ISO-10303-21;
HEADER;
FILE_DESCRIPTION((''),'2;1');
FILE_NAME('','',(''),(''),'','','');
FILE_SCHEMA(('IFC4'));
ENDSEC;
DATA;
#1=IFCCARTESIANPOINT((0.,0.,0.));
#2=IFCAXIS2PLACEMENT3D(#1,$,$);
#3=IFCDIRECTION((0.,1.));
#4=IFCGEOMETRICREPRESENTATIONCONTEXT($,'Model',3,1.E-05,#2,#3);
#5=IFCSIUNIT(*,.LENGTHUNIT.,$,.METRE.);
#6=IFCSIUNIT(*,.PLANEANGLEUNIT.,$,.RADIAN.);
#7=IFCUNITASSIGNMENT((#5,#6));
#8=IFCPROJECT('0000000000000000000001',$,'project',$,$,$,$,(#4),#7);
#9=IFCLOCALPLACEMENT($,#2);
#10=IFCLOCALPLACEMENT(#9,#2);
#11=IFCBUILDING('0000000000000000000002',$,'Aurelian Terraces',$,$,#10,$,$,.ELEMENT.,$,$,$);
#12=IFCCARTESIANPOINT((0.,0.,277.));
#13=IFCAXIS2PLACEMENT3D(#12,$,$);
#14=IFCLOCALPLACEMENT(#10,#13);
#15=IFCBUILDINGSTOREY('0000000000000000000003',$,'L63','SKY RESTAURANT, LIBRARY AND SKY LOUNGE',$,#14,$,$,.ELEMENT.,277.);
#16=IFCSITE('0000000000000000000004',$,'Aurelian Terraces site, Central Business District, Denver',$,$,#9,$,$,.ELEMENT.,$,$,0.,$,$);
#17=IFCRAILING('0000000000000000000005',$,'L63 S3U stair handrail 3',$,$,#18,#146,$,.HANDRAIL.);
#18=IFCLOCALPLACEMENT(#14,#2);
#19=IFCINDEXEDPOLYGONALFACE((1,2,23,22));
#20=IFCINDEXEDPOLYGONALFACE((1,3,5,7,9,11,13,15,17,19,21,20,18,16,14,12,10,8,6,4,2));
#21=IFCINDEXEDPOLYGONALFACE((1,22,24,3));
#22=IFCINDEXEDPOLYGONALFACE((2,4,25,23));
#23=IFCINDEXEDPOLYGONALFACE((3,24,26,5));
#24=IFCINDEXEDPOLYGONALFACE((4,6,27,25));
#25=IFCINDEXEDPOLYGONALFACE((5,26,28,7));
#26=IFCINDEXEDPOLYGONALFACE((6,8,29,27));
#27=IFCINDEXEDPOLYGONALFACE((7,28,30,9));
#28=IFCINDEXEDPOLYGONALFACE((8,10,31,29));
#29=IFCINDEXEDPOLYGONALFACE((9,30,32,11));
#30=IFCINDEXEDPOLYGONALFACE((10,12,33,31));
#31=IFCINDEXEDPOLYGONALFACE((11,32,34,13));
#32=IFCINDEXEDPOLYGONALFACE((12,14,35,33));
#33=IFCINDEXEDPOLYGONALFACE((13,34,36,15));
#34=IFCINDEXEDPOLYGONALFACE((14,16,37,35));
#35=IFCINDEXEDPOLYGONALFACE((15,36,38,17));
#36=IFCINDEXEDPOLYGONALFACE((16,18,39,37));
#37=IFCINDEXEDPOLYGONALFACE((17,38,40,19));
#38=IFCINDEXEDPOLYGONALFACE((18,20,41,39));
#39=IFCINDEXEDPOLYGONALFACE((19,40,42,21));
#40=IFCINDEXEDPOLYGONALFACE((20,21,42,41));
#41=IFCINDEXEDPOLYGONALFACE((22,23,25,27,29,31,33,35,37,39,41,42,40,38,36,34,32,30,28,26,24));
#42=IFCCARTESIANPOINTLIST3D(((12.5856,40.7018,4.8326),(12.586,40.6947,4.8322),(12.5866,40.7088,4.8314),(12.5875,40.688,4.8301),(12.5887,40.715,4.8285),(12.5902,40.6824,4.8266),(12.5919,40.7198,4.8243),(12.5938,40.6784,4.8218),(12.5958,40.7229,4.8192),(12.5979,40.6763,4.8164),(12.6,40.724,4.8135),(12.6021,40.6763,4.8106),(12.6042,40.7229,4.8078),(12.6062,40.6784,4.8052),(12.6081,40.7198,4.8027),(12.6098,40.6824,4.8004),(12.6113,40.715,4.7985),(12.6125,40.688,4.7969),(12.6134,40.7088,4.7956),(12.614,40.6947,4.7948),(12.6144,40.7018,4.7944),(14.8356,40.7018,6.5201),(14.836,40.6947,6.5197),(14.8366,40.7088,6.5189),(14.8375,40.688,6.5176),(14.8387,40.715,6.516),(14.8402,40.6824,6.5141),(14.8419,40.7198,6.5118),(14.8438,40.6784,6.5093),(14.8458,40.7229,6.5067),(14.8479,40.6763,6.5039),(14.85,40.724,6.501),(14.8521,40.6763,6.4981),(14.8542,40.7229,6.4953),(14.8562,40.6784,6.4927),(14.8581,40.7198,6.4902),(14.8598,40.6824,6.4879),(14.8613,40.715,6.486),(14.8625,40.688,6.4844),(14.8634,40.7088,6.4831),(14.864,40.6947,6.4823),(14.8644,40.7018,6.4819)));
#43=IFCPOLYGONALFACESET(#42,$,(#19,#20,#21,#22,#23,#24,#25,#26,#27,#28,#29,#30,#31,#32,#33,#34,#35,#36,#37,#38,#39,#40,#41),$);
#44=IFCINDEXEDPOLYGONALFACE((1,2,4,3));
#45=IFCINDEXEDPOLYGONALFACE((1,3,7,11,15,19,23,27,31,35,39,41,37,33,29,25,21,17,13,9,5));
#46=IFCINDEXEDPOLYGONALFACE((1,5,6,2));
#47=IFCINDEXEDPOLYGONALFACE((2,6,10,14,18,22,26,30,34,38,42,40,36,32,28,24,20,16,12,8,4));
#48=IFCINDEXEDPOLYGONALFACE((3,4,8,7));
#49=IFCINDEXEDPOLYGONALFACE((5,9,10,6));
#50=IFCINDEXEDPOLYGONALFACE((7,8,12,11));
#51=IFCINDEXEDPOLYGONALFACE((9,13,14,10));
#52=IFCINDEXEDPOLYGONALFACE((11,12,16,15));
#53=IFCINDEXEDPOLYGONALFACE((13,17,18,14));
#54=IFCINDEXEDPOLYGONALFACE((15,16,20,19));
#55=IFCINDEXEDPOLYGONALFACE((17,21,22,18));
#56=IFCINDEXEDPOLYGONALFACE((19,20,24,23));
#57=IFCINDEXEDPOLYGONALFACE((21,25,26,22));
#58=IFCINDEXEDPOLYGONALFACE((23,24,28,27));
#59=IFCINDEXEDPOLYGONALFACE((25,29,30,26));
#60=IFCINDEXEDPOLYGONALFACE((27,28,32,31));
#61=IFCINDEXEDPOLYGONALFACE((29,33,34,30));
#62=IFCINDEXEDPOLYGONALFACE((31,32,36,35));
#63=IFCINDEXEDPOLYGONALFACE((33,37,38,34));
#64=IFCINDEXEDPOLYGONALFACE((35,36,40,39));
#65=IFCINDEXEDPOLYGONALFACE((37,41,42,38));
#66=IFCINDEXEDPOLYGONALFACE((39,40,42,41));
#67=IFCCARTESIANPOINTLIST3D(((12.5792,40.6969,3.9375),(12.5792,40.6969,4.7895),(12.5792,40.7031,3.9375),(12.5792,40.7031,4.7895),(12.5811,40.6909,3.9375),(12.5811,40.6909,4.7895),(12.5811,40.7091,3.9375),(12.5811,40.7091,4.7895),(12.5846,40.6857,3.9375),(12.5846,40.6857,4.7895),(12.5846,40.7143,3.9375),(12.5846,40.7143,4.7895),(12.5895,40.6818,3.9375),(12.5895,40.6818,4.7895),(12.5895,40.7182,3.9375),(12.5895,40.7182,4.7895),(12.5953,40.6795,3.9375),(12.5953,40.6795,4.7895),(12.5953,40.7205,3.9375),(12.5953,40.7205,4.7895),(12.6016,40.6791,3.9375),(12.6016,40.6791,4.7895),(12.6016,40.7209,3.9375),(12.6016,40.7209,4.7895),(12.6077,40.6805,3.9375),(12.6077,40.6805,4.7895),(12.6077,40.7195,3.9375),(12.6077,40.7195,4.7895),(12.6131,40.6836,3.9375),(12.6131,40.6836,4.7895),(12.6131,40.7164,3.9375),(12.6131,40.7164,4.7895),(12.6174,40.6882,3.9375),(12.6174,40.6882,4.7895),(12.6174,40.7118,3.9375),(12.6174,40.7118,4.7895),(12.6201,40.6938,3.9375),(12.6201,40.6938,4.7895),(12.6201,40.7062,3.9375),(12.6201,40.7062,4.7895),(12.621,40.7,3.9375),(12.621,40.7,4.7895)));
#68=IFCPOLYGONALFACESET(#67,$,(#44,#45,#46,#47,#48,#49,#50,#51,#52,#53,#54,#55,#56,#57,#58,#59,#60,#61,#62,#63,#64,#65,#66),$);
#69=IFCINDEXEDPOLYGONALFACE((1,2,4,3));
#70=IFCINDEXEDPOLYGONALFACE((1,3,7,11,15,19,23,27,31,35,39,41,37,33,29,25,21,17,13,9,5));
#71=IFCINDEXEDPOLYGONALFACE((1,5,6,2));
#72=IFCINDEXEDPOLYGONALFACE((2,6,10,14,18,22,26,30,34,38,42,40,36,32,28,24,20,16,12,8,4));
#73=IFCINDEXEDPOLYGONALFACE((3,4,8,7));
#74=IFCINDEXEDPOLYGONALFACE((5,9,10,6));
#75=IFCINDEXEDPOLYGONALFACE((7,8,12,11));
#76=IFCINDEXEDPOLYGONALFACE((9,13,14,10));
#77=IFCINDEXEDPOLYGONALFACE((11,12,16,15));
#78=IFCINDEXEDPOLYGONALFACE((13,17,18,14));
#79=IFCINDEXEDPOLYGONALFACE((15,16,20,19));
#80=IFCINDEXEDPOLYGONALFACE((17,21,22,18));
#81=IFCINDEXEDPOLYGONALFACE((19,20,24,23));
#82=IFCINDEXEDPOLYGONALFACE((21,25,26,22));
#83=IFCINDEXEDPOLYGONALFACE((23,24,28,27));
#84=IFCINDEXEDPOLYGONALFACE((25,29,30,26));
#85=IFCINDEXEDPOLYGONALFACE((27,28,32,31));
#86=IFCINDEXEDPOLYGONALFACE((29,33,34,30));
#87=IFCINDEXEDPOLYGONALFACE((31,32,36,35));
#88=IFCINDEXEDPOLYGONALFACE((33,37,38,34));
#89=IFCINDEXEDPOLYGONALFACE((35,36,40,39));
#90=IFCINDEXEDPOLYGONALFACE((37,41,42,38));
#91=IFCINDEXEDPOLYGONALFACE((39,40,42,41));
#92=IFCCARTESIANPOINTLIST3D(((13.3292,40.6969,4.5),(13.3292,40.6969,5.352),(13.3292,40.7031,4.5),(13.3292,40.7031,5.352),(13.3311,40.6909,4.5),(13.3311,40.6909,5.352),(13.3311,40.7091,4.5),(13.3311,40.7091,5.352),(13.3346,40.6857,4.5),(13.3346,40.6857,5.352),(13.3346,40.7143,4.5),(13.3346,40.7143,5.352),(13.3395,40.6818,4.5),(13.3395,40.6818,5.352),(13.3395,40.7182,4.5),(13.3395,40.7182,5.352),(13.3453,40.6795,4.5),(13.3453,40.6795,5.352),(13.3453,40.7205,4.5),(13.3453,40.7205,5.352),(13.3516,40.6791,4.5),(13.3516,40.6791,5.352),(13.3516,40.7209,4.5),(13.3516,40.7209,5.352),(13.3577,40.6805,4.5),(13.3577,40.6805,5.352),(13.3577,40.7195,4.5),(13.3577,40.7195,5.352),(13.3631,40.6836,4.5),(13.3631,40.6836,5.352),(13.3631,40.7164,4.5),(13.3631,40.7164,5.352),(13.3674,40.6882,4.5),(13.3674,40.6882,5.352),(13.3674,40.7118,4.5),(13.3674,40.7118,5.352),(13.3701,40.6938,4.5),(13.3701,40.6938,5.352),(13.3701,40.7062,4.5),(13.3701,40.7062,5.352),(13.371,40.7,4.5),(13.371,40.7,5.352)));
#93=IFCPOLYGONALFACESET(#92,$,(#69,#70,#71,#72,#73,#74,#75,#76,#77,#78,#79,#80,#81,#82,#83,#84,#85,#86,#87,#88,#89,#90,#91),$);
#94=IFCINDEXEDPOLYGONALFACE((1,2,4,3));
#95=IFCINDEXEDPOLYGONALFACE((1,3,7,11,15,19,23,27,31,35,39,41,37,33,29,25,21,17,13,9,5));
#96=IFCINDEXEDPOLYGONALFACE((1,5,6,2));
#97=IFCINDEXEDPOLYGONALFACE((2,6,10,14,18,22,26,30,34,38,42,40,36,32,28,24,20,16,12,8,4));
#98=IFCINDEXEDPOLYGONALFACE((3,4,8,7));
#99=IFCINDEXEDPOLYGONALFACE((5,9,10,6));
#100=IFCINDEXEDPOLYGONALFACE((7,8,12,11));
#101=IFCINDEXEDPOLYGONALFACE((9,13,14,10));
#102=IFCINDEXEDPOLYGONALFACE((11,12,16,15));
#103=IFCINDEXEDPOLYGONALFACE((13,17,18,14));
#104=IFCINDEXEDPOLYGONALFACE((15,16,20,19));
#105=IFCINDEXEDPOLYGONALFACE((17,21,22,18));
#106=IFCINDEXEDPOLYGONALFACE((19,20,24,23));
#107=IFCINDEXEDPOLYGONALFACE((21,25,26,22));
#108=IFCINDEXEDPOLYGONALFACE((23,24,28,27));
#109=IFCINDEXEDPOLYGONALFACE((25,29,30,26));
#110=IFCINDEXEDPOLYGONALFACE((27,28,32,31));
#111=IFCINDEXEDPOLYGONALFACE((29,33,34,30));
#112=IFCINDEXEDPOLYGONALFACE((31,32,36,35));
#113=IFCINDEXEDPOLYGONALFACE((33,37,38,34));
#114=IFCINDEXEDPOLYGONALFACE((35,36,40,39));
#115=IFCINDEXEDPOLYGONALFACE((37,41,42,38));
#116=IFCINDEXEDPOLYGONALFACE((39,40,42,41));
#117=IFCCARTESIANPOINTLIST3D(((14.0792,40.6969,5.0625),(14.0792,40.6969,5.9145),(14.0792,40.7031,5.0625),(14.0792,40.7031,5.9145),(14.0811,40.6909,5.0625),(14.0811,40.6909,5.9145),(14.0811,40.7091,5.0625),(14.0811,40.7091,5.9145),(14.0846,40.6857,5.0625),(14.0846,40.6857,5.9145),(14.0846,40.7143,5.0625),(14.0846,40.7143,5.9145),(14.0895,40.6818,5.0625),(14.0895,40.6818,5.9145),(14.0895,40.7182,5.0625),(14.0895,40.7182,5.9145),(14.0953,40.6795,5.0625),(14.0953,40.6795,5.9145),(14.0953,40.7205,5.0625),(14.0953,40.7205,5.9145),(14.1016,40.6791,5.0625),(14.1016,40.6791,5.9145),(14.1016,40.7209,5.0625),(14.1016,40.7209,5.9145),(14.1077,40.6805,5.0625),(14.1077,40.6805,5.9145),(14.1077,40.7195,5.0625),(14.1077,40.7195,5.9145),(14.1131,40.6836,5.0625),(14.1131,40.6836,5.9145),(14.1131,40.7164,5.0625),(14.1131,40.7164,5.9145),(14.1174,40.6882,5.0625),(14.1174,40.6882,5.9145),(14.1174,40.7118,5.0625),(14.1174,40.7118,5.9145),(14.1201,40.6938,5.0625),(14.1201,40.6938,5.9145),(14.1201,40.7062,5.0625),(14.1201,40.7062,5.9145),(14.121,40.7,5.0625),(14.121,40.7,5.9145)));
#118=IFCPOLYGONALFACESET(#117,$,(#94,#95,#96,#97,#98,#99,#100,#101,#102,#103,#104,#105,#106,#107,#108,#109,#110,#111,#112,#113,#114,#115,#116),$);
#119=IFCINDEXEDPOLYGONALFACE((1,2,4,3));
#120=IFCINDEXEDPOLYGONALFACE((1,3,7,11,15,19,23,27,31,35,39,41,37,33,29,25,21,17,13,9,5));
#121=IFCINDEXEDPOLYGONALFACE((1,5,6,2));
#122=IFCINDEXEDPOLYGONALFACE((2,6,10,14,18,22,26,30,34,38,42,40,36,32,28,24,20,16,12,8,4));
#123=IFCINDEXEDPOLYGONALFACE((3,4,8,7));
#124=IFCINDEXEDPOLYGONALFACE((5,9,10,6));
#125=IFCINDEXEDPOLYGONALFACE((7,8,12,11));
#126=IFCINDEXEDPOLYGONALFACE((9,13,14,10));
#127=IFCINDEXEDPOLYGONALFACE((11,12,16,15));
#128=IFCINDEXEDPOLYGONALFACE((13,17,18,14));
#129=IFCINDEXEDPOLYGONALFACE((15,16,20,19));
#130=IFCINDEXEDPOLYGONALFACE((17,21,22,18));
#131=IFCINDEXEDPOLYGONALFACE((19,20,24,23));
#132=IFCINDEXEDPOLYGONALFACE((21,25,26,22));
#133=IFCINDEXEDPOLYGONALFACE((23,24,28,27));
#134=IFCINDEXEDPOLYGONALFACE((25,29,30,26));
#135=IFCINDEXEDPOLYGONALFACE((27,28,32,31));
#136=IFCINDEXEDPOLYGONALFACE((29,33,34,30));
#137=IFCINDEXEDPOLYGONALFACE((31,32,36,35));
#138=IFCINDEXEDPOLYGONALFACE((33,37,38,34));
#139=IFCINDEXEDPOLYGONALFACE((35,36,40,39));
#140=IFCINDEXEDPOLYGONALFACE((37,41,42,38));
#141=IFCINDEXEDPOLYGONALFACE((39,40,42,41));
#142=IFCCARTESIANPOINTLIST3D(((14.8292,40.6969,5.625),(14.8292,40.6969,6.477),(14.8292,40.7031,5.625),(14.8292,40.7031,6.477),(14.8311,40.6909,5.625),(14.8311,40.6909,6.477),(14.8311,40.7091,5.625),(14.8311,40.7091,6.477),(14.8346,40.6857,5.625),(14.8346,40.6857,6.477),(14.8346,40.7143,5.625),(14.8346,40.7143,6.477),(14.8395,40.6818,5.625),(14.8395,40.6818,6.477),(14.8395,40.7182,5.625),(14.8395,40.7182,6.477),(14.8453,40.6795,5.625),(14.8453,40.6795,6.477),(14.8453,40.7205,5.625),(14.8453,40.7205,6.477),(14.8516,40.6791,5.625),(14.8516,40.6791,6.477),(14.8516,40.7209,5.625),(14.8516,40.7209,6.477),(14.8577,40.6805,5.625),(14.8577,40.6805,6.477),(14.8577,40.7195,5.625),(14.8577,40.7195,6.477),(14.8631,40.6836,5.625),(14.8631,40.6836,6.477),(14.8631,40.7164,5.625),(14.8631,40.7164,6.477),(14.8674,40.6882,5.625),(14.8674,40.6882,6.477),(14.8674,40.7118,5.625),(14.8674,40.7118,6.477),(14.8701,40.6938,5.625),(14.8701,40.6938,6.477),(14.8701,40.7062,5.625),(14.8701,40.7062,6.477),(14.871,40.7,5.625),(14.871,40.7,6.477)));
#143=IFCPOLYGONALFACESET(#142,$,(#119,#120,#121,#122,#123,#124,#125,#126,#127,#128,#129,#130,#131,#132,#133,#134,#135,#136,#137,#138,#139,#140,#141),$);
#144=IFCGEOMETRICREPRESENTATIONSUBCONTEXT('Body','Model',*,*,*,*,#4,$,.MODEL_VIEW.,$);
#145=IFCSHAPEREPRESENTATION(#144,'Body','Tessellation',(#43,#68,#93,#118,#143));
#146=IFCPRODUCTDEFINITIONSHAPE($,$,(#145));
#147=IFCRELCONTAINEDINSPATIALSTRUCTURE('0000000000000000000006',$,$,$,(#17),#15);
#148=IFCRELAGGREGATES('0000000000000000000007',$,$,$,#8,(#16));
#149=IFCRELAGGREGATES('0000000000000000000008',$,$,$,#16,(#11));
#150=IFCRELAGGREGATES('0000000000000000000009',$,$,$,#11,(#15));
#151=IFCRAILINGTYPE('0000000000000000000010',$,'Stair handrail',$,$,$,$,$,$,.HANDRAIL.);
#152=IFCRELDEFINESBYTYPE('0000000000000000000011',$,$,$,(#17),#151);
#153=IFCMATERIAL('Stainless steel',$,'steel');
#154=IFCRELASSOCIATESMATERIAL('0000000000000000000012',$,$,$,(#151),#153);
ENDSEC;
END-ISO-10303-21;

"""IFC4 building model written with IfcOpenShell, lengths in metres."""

from ifc_helpers import new_model, si_unit, direction, frame, origin, origin_2d, place, context, subcontext, project, spatial, circle, extrude, source, transform, mapped, material, type_object, element, save


model = new_model("IFC4")

# Units and contexts
model_context = context("Model", 3, precision=1e-05, world=origin(), true_north=direction((0.0, 1.0)))
body_context = subcontext(model_context, "Body", "Model", "MODEL_VIEW")
ifc_project = project(units=[si_unit("LENGTHUNIT", "METRE"), si_unit("PLANEANGLEUNIT", "RADIAN")], contexts=[model_context])

# Site, building, storey
site_placement = place(None, origin())
site = spatial("IfcSite", under=ifc_project, at=site_placement, Name="Aurelian Terraces site, Central Business District, Denver", CompositionType="ELEMENT", RefElevation=0.0)
building_placement = place(site_placement, origin())
building = spatial("IfcBuilding", under=site, at=building_placement, Name="Aurelian Terraces", CompositionType="ELEMENT")
storey_placement = place(building_placement, frame((0.0, 0.0, 277.0)))
storey = spatial("IfcBuildingStorey", under=building, at=storey_placement, Name="L63", Description="SKY RESTAURANT, LIBRARY AND SKY LOUNGE", CompositionType="ELEMENT", Elevation=277.0)

# Railing
ifc_material_1 = material(Name="Stainless steel", Category="steel")
railing_type_1 = type_object("IfcRailingType", Name="Stair handrail", PredefinedType="HANDRAIL", material=ifc_material_1)
shared_shape_1 = source(origin(), body_context, "Body", "SweptSolid", [
    extrude(circle(Radius=0.024, at=origin_2d()), frame((0.0, 0.0, 0.876), z_axis=(0.8, 0.0, 0.6), x_axis=(0.0, 1.0, 0.0)), (0.0, 0.0, 1.0), 2.8125),
    extrude(circle(Radius=0.021, at=origin_2d()), origin(), (0.0, 0.0, 1.0), 0.852),
    extrude(circle(Radius=0.021, at=origin_2d()), frame((0.75, 0.0, 0.5625)), (0.0, 0.0, 1.0), 0.852),
    extrude(circle(Radius=0.021, at=origin_2d()), frame((1.5, 0.0, 1.125)), (0.0, 0.0, 1.0), 0.852),
    extrude(circle(Radius=0.021, at=origin_2d()), frame((2.25, 0.0, 1.6875)), (0.0, 0.0, 1.0), 0.852),
])
for number, where, name in (
    (1, (12.6, 40.7, 3.9375), "L63 S3U stair handrail 3"),
):
    element("IfcRailing", number, at=place(storey_placement, frame(where)), inside=storey, type_object=railing_type_1, Name=name, PredefinedType="HANDRAIL", context=body_context, shape_type="MappedRepresentation", body=[
        mapped(shared_shape_1, transform((0.0, 0.0, 0.0), scale=1.0)),
    ])

save(model, "model.ifc")
